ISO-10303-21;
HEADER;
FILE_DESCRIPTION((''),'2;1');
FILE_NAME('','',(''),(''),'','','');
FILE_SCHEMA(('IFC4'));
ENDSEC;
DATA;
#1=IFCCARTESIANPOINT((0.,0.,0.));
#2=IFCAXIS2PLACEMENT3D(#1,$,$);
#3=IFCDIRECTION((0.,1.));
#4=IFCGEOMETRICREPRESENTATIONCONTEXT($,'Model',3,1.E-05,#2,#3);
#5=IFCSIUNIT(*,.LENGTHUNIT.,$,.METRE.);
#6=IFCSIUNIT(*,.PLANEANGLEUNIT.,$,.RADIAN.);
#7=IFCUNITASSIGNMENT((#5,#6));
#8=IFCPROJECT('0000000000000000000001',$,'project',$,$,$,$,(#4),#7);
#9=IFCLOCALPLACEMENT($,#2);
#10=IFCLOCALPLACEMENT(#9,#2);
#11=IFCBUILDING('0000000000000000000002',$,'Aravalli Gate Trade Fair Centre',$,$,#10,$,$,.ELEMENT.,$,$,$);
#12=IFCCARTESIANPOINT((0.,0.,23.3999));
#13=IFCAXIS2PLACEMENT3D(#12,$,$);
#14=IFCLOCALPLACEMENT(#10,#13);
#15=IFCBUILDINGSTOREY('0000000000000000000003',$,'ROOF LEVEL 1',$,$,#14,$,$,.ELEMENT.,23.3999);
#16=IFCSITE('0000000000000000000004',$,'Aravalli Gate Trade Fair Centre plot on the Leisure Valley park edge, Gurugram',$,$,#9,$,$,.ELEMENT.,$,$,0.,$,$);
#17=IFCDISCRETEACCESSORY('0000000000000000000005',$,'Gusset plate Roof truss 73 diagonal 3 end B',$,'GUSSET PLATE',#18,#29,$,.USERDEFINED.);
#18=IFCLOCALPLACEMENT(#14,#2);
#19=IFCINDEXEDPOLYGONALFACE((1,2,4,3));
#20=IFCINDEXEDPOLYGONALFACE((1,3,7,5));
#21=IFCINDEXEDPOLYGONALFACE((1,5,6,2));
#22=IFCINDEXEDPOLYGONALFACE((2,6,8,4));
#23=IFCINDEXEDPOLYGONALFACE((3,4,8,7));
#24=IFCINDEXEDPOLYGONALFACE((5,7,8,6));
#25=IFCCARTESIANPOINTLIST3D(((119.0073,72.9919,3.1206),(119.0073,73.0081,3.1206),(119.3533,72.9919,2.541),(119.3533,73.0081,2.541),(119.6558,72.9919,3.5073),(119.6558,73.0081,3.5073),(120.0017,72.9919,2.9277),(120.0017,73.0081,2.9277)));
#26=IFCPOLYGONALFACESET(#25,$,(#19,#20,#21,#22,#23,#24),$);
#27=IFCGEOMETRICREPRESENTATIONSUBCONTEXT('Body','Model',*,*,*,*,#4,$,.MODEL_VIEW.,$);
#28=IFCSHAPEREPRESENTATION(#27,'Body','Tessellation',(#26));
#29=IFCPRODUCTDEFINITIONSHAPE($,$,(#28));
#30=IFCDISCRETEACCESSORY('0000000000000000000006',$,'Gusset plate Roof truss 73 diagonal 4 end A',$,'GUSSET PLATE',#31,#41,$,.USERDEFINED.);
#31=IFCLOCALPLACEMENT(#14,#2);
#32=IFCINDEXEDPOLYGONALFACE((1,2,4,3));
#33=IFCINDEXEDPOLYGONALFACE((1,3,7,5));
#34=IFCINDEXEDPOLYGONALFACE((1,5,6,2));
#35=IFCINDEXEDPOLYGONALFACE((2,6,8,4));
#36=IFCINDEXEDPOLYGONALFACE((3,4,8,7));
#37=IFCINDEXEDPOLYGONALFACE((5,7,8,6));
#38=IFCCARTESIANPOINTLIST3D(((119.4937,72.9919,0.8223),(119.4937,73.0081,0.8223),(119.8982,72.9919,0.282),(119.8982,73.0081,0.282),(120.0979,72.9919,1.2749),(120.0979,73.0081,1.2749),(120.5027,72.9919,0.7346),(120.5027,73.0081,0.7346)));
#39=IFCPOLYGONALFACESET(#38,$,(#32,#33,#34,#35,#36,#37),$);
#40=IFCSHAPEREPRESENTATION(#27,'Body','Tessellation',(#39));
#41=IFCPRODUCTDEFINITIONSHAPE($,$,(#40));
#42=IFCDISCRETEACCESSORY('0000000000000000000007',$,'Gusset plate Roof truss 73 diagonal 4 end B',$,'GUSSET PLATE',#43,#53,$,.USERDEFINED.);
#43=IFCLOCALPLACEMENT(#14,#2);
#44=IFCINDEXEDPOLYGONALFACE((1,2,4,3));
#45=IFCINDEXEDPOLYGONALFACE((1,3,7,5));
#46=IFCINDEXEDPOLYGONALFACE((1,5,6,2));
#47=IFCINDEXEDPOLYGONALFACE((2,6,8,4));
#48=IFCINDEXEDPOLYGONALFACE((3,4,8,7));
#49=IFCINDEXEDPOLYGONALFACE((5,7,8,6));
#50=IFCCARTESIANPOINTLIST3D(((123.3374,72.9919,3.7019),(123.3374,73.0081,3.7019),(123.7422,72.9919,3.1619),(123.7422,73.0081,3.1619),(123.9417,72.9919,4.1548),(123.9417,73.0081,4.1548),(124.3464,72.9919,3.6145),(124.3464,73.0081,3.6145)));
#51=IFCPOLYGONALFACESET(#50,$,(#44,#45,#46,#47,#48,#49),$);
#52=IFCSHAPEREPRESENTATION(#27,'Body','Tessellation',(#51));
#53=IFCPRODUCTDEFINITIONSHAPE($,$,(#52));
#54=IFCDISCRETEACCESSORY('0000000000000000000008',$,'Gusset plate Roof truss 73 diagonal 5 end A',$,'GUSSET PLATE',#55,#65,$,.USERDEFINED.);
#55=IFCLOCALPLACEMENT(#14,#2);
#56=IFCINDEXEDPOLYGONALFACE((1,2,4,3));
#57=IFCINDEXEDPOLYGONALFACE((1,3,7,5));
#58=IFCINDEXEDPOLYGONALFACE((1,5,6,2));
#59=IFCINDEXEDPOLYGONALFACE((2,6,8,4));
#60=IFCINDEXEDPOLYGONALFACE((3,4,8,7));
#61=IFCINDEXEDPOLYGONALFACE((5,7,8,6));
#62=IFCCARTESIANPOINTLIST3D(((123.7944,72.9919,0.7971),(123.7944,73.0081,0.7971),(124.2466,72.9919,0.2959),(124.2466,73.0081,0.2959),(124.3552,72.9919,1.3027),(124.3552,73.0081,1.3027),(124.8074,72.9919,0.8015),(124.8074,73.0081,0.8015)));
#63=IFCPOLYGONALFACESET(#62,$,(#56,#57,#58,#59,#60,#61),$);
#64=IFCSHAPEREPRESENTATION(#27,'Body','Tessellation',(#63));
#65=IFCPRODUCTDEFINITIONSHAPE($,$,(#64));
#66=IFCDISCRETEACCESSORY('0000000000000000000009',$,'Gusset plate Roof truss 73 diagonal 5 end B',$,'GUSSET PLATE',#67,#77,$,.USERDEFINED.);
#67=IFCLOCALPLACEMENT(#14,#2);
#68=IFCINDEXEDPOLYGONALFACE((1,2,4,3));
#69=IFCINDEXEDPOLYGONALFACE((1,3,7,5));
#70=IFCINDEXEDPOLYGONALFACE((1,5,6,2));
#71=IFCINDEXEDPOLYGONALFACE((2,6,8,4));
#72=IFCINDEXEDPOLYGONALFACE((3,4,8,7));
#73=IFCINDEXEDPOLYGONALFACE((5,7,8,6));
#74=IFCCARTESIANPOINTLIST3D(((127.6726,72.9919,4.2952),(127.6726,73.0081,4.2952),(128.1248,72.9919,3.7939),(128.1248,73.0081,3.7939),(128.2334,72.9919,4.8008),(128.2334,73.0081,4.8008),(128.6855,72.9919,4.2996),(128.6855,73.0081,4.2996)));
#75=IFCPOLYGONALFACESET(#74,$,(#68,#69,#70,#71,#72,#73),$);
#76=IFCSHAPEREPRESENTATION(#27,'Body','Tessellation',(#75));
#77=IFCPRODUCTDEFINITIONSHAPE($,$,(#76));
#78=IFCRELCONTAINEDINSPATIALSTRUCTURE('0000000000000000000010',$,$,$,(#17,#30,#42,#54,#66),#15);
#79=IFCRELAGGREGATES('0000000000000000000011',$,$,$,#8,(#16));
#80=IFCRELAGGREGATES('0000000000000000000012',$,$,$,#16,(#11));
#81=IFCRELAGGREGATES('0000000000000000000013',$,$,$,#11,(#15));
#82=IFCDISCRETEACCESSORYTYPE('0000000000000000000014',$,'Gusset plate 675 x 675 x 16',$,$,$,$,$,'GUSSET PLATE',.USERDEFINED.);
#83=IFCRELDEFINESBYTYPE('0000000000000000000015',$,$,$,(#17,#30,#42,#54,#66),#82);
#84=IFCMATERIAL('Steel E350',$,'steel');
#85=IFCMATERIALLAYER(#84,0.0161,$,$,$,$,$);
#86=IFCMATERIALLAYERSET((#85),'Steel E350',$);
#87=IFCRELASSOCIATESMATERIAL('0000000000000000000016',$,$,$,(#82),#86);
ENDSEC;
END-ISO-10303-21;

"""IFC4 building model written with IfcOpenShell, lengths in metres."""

from ifc_helpers import new_model, si_unit, direction, frame, origin, place, context, subcontext, project, spatial, polyline, outline, extrude, material, layer, layer_set, type_object, element, save


model = new_model("IFC4")

# Units and contexts
model_context = context("Model", 3, precision=1e-05, world=origin(), true_north=direction((0.0, 1.0)))
body_context = subcontext(model_context, "Body", "Model", "MODEL_VIEW")
ifc_project = project(units=[si_unit("LENGTHUNIT", "METRE"), si_unit("PLANEANGLEUNIT", "RADIAN")], contexts=[model_context])

# Site, building, storey
site_placement = place(None, origin())
site = spatial("IfcSite", under=ifc_project, at=site_placement, Name="Aravalli Gate Trade Fair Centre plot on the Leisure Valley park edge, Gurugram", CompositionType="ELEMENT", RefElevation=0.0)
building_placement = place(site_placement, origin())
building = spatial("IfcBuilding", under=site, at=building_placement, Name="Aravalli Gate Trade Fair Centre", CompositionType="ELEMENT")
storey_placement = place(building_placement, frame((0.0, 0.0, 23.3999)))
storey = spatial("IfcBuildingStorey", under=building, at=storey_placement, Name="ROOF LEVEL 1", CompositionType="ELEMENT", Elevation=23.3999)

# Shared definitions
ifc_material_1 = material(Name="Steel E350", Category="steel")

# Discrete accessories
ifc_layer_1 = layer(ifc_material_1, 0.0161)
ifc_layer_set_1 = layer_set([ifc_layer_1], Name="Steel E350")
discrete_accessory_type_1 = type_object("IfcDiscreteAccessoryType", Name="Gusset plate 675 x 675 x 16", ElementType="GUSSET PLATE", PredefinedType="USERDEFINED", material=ifc_layer_set_1)
discrete_accessory_1_placement = place(storey_placement, frame((119.3533, 72.9919, 2.541), z_axis=(0.0, -1.0, 0.0), x_axis=(0.858859, 0.0, 0.512211)))
element("IfcDiscreteAccessory", 1, at=discrete_accessory_1_placement, inside=storey, type_object=discrete_accessory_type_1, Name="Gusset plate Roof truss 73 diagonal 3 end B", ObjectType="GUSSET PLATE", PredefinedType="USERDEFINED", context=body_context, shape_type="SweptSolid", body=[
    extrude(outline(polyline([(0.0, 0.0), (0.755, 0.0), (0.7548, 0.675), (-0.0002, 0.675), (0.0, 0.0)])), origin(), (0.0, 0.0, -1.0), 0.0161),
])
discrete_accessory_2_placement = place(storey_placement, frame((120.0979, 72.9919, 1.2749), z_axis=(0.0, -1.0, 0.0), x_axis=(-0.800349, 0.0, -0.599534)))
element("IfcDiscreteAccessory", 2, at=discrete_accessory_2_placement, inside=storey, type_object=discrete_accessory_type_1, Name="Gusset plate Roof truss 73 diagonal 4 end A", ObjectType="GUSSET PLATE", PredefinedType="USERDEFINED", context=body_context, shape_type="SweptSolid", body=[
    extrude(outline(polyline([(0.0, 0.0), (0.755, 0.0), (0.7551, 0.675), (-0.0001, 0.6751), (0.0, 0.0)])), origin(), (0.0, 0.0, -1.0), 0.0161),
])
discrete_accessory_3_placement = place(storey_placement, frame((123.7422, 72.9919, 3.1619), z_axis=(0.0, -1.0, 0.0), x_axis=(0.800349, 0.0, 0.599534)))
element("IfcDiscreteAccessory", 3, at=discrete_accessory_3_placement, inside=storey, type_object=discrete_accessory_type_1, Name="Gusset plate Roof truss 73 diagonal 4 end B", ObjectType="GUSSET PLATE", PredefinedType="USERDEFINED", context=body_context, shape_type="SweptSolid", body=[
    extrude(outline(polyline([(0.0, 0.0), (0.755, 0.0), (0.7549, 0.6751), (-0.0002, 0.6749), (0.0, 0.0)])), origin(), (0.0, 0.0, -1.0), 0.0161),
])
for number, where, z_axis, x_axis, name in (
    (4, (124.3552, 72.9919, 1.3027), (0.0, -1.0, 0.0), (-0.742699, 0.0, -0.669625), "Gusset plate Roof truss 73 diagonal 5 end A"),
    (5, (128.1248, 72.9919, 3.7939), (0.0, -1.0, 0.0), (0.742699, 0.0, 0.669625), "Gusset plate Roof truss 73 diagonal 5 end B"),
):
    element("IfcDiscreteAccessory", number, at=place(storey_placement, frame(where, z_axis=z_axis, x_axis=x_axis)), inside=storey, type_object=discrete_accessory_type_1, Name=name, ObjectType="GUSSET PLATE", PredefinedType="USERDEFINED", context=body_context, shape_type="SweptSolid", body=[
        extrude(outline(polyline([(0.0, 0.0), (0.7551, 0.0), (0.7549, 0.675), (-0.0002, 0.675), (0.0, 0.0)])), origin(), (0.0, 0.0, -1.0), 0.0161),
    ])

save(model, "model.ifc")
